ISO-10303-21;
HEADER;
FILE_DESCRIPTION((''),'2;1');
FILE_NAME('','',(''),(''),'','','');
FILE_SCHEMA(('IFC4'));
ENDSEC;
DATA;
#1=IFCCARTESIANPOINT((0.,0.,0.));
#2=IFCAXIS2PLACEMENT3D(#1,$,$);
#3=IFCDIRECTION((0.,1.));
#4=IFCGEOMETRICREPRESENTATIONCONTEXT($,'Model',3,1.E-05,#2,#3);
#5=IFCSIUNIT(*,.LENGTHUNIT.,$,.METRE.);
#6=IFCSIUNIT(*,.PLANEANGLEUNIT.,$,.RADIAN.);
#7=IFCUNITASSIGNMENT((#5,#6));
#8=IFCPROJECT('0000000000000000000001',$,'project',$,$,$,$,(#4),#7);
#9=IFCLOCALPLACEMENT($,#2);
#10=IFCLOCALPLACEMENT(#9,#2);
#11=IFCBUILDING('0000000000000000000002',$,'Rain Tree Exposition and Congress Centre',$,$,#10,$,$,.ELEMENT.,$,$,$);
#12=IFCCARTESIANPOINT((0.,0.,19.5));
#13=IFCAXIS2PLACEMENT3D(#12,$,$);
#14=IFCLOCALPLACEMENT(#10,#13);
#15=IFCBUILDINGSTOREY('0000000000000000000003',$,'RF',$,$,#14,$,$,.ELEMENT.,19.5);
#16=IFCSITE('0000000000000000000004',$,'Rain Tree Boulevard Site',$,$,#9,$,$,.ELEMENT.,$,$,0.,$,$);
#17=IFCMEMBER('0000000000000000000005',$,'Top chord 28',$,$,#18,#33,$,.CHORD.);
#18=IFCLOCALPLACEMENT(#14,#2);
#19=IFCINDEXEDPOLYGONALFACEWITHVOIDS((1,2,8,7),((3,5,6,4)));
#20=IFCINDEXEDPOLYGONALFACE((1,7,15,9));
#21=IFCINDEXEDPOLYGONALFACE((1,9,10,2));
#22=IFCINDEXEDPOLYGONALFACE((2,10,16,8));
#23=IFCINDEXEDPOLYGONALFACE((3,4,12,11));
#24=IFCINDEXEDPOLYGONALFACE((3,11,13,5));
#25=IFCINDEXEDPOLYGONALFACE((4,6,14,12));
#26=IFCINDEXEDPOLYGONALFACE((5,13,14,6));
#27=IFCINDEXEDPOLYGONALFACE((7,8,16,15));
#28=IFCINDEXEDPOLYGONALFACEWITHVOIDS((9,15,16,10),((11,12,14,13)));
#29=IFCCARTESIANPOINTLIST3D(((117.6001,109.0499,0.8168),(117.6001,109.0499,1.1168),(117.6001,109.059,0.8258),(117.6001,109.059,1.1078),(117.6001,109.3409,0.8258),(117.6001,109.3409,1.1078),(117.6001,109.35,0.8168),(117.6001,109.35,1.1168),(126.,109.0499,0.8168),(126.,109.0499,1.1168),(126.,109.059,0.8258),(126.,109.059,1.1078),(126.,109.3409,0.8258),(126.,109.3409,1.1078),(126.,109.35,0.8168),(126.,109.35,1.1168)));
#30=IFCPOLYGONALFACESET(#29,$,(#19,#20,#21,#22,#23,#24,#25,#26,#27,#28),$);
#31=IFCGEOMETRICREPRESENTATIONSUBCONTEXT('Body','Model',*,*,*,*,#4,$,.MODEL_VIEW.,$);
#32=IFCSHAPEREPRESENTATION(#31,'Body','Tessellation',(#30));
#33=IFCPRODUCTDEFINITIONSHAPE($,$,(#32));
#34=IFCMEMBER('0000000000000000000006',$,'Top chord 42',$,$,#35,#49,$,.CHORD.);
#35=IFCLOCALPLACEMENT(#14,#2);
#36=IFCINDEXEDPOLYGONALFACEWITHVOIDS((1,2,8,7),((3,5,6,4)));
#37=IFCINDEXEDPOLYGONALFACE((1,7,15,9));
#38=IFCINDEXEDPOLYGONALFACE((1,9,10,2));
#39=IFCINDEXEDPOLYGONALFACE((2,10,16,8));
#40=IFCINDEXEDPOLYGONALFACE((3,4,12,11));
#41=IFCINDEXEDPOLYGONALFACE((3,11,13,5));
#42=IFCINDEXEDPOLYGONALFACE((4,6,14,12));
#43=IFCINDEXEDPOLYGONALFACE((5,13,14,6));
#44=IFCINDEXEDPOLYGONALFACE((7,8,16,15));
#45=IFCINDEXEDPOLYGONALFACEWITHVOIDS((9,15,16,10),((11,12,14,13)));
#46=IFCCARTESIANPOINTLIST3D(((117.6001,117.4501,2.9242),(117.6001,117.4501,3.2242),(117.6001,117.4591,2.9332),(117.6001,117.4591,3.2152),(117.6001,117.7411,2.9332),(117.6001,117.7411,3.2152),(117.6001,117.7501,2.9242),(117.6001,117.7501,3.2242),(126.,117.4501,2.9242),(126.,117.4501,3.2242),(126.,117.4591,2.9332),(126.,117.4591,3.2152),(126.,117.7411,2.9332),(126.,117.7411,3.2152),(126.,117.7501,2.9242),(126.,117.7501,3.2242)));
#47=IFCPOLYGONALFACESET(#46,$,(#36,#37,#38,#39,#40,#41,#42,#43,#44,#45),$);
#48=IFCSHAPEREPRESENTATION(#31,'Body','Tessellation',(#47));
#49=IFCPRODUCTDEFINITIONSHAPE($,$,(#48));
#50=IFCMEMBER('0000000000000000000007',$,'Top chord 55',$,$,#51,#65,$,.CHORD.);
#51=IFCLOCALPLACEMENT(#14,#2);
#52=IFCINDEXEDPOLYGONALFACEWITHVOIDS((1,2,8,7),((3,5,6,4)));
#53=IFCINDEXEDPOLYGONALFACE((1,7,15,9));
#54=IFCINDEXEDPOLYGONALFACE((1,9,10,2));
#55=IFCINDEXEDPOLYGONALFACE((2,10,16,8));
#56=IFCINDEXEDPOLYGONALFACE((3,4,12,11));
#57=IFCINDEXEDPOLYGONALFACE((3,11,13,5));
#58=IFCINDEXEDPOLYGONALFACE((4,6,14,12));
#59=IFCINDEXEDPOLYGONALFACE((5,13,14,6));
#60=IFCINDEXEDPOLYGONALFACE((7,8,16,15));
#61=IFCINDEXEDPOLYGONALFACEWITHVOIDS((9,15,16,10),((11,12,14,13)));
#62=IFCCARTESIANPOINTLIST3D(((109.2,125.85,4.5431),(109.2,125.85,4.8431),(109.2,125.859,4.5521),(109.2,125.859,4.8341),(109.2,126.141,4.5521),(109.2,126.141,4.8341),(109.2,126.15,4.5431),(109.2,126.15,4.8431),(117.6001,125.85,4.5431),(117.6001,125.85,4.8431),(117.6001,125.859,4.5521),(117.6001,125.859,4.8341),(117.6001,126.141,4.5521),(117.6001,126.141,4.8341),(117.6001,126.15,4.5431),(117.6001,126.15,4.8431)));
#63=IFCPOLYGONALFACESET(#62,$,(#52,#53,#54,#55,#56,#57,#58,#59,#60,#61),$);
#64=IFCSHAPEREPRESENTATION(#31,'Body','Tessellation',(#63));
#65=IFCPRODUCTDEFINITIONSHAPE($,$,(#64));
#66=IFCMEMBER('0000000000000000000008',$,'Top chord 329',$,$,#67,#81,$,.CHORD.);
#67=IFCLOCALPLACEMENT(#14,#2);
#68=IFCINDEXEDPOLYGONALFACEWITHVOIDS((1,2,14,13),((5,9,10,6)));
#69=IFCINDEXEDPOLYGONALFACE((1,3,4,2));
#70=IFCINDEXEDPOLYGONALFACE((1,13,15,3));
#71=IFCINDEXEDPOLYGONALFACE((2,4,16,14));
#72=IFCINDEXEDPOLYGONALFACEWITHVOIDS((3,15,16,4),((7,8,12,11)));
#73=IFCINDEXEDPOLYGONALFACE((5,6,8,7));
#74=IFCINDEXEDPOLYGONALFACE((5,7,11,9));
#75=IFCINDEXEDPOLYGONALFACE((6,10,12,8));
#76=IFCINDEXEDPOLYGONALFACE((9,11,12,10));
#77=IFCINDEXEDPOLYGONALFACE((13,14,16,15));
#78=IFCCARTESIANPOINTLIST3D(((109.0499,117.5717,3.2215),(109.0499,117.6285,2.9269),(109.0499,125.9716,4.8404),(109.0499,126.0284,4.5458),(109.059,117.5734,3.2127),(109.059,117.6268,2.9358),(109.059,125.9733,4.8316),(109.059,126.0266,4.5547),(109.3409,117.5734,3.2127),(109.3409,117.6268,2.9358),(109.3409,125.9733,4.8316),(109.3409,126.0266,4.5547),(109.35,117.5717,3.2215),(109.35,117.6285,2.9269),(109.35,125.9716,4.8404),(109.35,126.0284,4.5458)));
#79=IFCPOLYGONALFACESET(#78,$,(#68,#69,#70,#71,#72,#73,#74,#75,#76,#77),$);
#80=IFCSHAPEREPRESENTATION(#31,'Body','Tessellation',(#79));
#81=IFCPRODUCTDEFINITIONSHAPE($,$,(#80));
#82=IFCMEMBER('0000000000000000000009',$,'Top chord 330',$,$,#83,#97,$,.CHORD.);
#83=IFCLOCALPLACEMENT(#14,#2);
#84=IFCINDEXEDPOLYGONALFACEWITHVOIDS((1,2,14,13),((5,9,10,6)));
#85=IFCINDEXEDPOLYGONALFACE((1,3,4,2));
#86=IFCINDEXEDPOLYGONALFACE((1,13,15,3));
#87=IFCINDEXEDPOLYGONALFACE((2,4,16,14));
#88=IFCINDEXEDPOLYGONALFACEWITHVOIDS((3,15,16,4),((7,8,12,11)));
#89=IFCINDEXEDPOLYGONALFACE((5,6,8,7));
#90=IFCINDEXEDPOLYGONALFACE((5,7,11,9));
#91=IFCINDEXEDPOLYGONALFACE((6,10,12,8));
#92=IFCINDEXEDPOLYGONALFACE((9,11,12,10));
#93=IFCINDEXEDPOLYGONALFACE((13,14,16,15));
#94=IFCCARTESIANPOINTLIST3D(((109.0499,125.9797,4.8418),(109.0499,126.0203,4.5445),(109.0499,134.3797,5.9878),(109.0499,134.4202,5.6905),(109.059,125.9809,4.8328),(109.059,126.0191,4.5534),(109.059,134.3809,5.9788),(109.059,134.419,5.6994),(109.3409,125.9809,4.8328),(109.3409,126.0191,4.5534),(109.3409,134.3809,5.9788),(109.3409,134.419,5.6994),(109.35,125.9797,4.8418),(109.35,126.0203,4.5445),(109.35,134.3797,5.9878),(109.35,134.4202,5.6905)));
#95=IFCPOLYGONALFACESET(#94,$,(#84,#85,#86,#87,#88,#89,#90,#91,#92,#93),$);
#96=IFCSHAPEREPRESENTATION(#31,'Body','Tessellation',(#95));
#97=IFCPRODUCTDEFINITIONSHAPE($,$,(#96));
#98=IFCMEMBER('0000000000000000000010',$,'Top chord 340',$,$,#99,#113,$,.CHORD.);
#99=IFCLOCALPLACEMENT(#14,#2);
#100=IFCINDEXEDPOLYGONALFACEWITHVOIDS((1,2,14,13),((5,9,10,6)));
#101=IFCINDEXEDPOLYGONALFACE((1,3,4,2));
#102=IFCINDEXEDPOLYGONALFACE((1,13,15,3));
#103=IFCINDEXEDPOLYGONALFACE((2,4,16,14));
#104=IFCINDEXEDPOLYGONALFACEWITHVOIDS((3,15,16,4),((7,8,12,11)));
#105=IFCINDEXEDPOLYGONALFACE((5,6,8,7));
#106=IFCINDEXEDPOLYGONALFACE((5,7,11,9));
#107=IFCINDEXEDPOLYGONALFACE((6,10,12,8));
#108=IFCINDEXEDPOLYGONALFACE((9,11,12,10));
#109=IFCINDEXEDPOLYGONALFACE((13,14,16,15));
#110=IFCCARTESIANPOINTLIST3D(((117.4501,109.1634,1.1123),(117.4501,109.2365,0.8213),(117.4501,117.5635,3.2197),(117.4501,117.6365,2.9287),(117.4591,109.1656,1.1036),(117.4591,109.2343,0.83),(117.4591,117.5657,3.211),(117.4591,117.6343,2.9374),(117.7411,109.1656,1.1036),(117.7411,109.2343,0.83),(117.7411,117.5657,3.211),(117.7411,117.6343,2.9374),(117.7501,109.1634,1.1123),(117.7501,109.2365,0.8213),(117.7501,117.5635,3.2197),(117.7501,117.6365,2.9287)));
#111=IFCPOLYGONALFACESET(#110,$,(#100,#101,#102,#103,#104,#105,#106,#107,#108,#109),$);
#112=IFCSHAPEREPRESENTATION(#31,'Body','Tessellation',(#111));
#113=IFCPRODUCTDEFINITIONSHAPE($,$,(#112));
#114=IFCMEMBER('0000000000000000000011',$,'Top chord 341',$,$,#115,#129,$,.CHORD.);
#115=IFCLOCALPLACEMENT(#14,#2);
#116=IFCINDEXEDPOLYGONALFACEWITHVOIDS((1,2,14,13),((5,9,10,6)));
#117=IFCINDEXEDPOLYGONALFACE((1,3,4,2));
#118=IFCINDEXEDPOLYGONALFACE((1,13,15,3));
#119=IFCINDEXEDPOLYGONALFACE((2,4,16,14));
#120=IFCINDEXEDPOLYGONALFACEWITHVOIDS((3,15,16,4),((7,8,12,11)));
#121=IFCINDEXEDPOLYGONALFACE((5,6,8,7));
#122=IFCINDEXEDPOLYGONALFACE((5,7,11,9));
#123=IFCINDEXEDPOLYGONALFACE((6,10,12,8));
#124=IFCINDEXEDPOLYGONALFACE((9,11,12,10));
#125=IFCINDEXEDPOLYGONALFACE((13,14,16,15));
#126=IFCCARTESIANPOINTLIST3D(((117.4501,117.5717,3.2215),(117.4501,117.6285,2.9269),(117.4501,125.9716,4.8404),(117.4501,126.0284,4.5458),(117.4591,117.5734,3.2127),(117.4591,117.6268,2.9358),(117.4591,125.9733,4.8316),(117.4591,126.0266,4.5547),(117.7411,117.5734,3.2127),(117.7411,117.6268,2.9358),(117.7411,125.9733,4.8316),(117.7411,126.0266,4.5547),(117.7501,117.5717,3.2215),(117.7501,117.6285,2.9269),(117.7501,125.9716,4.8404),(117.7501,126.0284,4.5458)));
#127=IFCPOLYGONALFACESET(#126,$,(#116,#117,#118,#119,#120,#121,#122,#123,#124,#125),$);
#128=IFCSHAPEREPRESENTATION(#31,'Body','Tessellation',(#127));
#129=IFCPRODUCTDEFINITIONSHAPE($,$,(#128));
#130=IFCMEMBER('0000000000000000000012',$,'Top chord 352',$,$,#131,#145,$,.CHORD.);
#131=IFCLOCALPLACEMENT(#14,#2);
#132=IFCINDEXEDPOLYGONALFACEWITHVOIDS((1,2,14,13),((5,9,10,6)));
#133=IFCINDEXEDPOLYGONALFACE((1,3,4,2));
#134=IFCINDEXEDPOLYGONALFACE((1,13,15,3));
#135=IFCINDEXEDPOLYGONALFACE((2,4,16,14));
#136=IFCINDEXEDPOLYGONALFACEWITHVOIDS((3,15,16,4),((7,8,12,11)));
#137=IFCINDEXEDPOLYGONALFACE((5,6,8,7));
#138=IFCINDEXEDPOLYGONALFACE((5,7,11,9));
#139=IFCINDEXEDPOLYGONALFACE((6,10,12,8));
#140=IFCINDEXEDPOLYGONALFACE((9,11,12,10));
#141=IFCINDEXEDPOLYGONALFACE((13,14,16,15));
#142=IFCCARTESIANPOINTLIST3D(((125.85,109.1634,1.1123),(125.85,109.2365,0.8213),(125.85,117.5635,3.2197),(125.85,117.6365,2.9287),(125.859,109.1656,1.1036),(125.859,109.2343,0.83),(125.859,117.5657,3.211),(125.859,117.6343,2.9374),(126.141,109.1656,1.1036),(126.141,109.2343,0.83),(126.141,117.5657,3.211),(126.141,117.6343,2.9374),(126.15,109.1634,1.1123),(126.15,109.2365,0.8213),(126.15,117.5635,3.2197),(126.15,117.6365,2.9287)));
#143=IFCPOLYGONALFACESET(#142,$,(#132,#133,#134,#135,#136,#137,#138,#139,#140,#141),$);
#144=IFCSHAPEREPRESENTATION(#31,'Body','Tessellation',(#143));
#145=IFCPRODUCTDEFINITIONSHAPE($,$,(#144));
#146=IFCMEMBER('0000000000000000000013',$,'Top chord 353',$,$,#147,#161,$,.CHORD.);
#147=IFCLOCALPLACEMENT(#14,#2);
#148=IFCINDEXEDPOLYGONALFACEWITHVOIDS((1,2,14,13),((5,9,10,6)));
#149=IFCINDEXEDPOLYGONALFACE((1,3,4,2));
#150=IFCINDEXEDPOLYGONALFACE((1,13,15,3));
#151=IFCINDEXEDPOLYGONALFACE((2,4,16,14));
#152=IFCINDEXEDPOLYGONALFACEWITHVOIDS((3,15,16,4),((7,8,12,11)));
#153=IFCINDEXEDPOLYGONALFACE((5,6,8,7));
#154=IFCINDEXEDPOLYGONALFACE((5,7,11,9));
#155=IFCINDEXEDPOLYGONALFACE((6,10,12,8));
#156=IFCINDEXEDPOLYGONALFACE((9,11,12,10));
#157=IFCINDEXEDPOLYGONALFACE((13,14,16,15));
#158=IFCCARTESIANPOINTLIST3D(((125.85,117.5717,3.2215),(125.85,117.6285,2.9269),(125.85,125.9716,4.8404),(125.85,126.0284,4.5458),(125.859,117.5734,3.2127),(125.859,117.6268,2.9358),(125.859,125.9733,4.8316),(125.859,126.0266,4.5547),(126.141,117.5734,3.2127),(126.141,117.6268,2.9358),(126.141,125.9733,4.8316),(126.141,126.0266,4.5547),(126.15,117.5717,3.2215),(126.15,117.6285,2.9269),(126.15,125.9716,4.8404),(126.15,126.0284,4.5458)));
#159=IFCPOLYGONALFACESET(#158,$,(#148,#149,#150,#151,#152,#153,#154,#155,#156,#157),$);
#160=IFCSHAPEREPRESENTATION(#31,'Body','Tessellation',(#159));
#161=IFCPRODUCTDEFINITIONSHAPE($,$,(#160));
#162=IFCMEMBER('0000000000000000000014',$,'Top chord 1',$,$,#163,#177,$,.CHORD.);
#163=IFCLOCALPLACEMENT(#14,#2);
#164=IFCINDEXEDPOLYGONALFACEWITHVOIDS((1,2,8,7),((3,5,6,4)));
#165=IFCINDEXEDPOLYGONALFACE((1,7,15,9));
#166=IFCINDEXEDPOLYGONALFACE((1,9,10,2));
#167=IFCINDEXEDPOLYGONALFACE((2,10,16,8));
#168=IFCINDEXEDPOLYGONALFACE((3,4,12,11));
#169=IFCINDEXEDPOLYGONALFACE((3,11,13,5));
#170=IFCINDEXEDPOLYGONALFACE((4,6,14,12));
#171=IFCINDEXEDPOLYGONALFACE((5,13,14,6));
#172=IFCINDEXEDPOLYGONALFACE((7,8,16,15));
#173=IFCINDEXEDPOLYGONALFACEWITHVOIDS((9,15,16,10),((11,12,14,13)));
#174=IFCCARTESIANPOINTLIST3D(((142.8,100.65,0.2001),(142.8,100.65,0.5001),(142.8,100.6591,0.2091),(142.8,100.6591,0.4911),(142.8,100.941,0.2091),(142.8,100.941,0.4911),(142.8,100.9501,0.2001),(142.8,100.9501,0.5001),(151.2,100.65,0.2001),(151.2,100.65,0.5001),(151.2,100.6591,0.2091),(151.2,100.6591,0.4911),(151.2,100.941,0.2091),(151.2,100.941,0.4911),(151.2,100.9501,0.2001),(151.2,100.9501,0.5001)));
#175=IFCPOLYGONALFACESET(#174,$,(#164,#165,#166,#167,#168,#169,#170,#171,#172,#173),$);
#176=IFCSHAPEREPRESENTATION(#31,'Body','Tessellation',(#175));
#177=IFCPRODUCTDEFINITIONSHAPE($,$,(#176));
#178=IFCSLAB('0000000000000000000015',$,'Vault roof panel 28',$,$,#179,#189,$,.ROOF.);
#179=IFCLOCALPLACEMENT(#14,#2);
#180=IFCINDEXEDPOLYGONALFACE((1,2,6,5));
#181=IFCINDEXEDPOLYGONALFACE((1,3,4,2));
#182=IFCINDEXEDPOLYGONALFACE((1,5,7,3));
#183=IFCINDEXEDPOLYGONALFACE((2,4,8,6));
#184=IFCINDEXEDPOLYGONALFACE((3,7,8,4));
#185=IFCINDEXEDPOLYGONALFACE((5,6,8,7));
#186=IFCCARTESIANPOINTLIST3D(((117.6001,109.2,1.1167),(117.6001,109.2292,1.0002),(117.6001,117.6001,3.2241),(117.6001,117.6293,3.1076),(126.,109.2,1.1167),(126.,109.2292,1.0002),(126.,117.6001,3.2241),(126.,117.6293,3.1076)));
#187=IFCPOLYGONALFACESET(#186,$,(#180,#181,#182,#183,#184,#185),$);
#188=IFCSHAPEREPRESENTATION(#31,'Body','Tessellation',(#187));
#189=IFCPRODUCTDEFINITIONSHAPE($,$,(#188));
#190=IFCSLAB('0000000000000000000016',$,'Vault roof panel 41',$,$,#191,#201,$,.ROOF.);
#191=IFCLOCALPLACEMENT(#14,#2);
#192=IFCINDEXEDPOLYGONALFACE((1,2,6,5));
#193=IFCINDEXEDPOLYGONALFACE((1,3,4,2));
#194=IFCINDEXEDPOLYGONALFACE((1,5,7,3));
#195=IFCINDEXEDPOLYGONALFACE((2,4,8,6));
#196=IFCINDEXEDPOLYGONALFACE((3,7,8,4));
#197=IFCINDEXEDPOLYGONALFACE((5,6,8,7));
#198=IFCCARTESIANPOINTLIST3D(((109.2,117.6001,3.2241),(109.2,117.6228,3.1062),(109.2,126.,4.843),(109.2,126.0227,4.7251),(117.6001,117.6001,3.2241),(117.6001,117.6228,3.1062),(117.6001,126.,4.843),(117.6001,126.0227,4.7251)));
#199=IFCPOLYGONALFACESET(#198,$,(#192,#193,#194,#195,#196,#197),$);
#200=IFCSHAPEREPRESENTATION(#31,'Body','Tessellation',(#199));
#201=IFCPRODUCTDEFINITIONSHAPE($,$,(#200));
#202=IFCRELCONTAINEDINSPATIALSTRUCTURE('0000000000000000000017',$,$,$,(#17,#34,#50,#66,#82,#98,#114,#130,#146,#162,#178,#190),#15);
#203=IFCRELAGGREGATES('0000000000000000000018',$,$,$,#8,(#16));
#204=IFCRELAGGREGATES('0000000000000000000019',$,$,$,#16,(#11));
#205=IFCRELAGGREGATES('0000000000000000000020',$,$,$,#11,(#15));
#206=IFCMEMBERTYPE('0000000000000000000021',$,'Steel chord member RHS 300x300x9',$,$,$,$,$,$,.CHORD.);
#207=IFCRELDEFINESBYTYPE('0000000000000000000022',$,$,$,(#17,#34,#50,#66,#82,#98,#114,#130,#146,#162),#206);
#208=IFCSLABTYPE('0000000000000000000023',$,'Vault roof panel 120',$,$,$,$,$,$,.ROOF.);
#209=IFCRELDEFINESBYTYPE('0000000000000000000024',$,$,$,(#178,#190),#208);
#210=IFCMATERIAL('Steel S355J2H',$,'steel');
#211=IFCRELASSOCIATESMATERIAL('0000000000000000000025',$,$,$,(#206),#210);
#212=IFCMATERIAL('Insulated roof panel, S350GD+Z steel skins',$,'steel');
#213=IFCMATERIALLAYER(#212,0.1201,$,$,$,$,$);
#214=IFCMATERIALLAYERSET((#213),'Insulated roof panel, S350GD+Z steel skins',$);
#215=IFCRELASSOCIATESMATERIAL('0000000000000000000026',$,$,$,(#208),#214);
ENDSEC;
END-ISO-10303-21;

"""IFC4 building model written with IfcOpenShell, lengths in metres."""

from ifc_helpers import new_model, si_unit, direction, frame, origin, origin_2d, place, context, subcontext, project, spatial, polyline, hollow_rectangle, outline, extrude, material, layer, layer_set, material_profile, profile_set, type_object, element, save


model = new_model("IFC4")

# Units and contexts
model_context = context("Model", 3, precision=1e-05, world=origin(), true_north=direction((0.0, 1.0)))
body_context = subcontext(model_context, "Body", "Model", "MODEL_VIEW")
ifc_project = project(units=[si_unit("LENGTHUNIT", "METRE"), si_unit("PLANEANGLEUNIT", "RADIAN")], contexts=[model_context])

# Site, building, storey
site_placement = place(None, origin())
site = spatial("IfcSite", under=ifc_project, at=site_placement, Name="Rain Tree Boulevard Site", CompositionType="ELEMENT", RefElevation=0.0)
building_placement = place(site_placement, origin())
building = spatial("IfcBuilding", under=site, at=building_placement, Name="Rain Tree Exposition and Congress Centre", CompositionType="ELEMENT")
storey_placement = place(building_placement, frame((0.0, 0.0, 19.5)))
storey = spatial("IfcBuildingStorey", under=building, at=storey_placement, Name="RF", CompositionType="ELEMENT", Elevation=19.5)

# Members
ifc_material_1 = material(Name="Steel S355J2H", Category="steel")
ifc_material_profile_1 = material_profile(ifc_material_1, hollow_rectangle(XDim=0.3, YDim=0.3, WallThickness=0.009, at=origin_2d()), Name="RHS 300x300x9")
ifc_profile_set_1 = profile_set([ifc_material_profile_1], Name="Steel S355J2H")
member_type = type_object("IfcMemberType", Name="Steel chord member RHS 300x300x9", PredefinedType="CHORD", material=ifc_profile_set_1)
for number, where, z_axis, x_axis, name in (
    (1, (117.6001, 109.2, 0.9668), (1.0, 0.0, 0.0), (0.0, 1.0, 0.0), "Top chord 28"),
    (2, (117.6001, 117.6001, 3.0742), (1.0, 0.0, 0.0), (0.0, 1.0, 0.0), "Top chord 42"),
):
    element("IfcMember", number, at=place(storey_placement, frame(where, z_axis=z_axis, x_axis=x_axis)), inside=storey, type_object=member_type, Name=name, PredefinedType="CHORD", context=body_context, shape_type="SweptSolid", body=[
        extrude(hollow_rectangle(XDim=0.3, YDim=0.3, WallThickness=0.009, at=origin_2d()), origin(), (0.0, 0.0, 1.0), 8.3999),
    ])
member_1_placement = place(storey_placement, frame((109.2, 126.0, 4.6931), z_axis=(1.0, 0.0, 0.0), x_axis=(0.0, 1.0, 0.0)))
element("IfcMember", 3, at=member_1_placement, inside=storey, type_object=member_type, Name="Top chord 55", PredefinedType="CHORD", context=body_context, shape_type="SweptSolid", body=[
    extrude(hollow_rectangle(XDim=0.3, YDim=0.3, WallThickness=0.009, at=origin_2d()), origin(), (0.0, 0.0, 1.0), 8.4001),
])
member_2_placement = place(storey_placement, frame((109.2, 117.6001, 3.0742), z_axis=(0.0, 0.98193, 0.189245), x_axis=(-1.0, 0.0, 0.0)))
element("IfcMember", 4, at=member_2_placement, inside=storey, type_object=member_type, Name="Top chord 329", PredefinedType="CHORD", context=body_context, shape_type="SweptSolid", body=[
    extrude(hollow_rectangle(XDim=0.3, YDim=0.3, WallThickness=0.009, at=origin_2d()), origin(), (0.0, 0.0, 1.0), 8.5544),
])
member_3_placement = place(storey_placement, frame((109.2, 126.0, 4.6931), z_axis=(0.0, 0.990821, 0.135177), x_axis=(-1.0, 0.0, 0.0)))
element("IfcMember", 5, at=member_3_placement, inside=storey, type_object=member_type, Name="Top chord 330", PredefinedType="CHORD", context=body_context, shape_type="SweptSolid", body=[
    extrude(hollow_rectangle(XDim=0.3, YDim=0.3, WallThickness=0.009, at=origin_2d()), origin(), (0.0, 0.0, 1.0), 8.4778),
])
member_4_placement = place(storey_placement, frame((117.6001, 109.2, 0.9668), z_axis=(0.0, 0.969942, 0.243338), x_axis=(-1.0, 0.0, 0.0)))
element("IfcMember", 6, at=member_4_placement, inside=storey, type_object=member_type, Name="Top chord 340", PredefinedType="CHORD", context=body_context, shape_type="SweptSolid", body=[
    extrude(hollow_rectangle(XDim=0.3, YDim=0.3, WallThickness=0.009, at=origin_2d()), origin(), (0.0, 0.0, 1.0), 8.6604),
])
member_5_placement = place(storey_placement, frame((117.6001, 117.6001, 3.0742), z_axis=(0.0, 0.98193, 0.189245), x_axis=(-1.0, 0.0, 0.0)))
element("IfcMember", 7, at=member_5_placement, inside=storey, type_object=member_type, Name="Top chord 341", PredefinedType="CHORD", context=body_context, shape_type="SweptSolid", body=[
    extrude(hollow_rectangle(XDim=0.3, YDim=0.3, WallThickness=0.009, at=origin_2d()), origin(), (0.0, 0.0, 1.0), 8.5544),
])
member_6_placement = place(storey_placement, frame((126.0, 109.2, 0.9668), z_axis=(0.0, 0.969942, 0.243338), x_axis=(-1.0, 0.0, 0.0)))
element("IfcMember", 8, at=member_6_placement, inside=storey, type_object=member_type, Name="Top chord 352", PredefinedType="CHORD", context=body_context, shape_type="SweptSolid", body=[
    extrude(hollow_rectangle(XDim=0.3, YDim=0.3, WallThickness=0.009, at=origin_2d()), origin(), (0.0, 0.0, 1.0), 8.6604),
])
member_7_placement = place(storey_placement, frame((126.0, 117.6001, 3.0742), z_axis=(0.0, 0.98193, 0.189245), x_axis=(-1.0, 0.0, 0.0)))
element("IfcMember", 9, at=member_7_placement, inside=storey, type_object=member_type, Name="Top chord 353", PredefinedType="CHORD", context=body_context, shape_type="SweptSolid", body=[
    extrude(hollow_rectangle(XDim=0.3, YDim=0.3, WallThickness=0.009, at=origin_2d()), origin(), (0.0, 0.0, 1.0), 8.5544),
])
member_8_placement = place(storey_placement, frame((142.8, 100.8, 0.3501), z_axis=(1.0, 0.0, 0.0), x_axis=(0.0, 1.0, 0.0)))
element("IfcMember", 10, at=member_8_placement, inside=storey, type_object=member_type, Name="Top chord 1", PredefinedType="CHORD", context=body_context, shape_type="SweptSolid", body=[
    extrude(hollow_rectangle(XDim=0.3, YDim=0.3, WallThickness=0.009, at=origin_2d()), origin(), (0.0, 0.0, 1.0), 8.3999),
])

# Slabs
ifc_material_2 = material(Name="Insulated roof panel, S350GD+Z steel skins", Category="steel")
ifc_layer_1 = layer(ifc_material_2, 0.1201)
ifc_layer_set_1 = layer_set([ifc_layer_1], Name="Insulated roof panel, S350GD+Z steel skins")
slab_type = type_object("IfcSlabType", Name="Vault roof panel 120", PredefinedType="ROOF", material=ifc_layer_set_1)
slab_1_placement = place(storey_placement, frame((117.6001, 109.2, 1.1167), z_axis=(0.0, -0.243338, 0.969942), x_axis=(1.0, 0.0, 0.0)))
element("IfcSlab", 11, at=slab_1_placement, inside=storey, type_object=slab_type, Name="Vault roof panel 28", PredefinedType="ROOF", context=body_context, shape_type="SweptSolid", body=[
    extrude(outline(polyline([(0.0, 0.0), (8.3999, 0.0), (8.3999, 8.6605), (0.0, 8.6605), (0.0, 0.0)])), origin(), (0.0, 0.0, -1.0), 0.1201),
])
slab_2_placement = place(storey_placement, frame((109.2, 117.6001, 3.2241), z_axis=(0.0, -0.189245, 0.98193), x_axis=(1.0, 0.0, 0.0)))
element("IfcSlab", 12, at=slab_2_placement, inside=storey, type_object=slab_type, Name="Vault roof panel 41", PredefinedType="ROOF", context=body_context, shape_type="SweptSolid", body=[
    extrude(outline(polyline([(0.0, 0.0), (8.4001, 0.0), (8.4001, 8.5545), (0.0, 8.5545), (0.0, 0.0)])), origin(), (0.0, 0.0, -1.0), 0.1201),
])

save(model, "model.ifc")
